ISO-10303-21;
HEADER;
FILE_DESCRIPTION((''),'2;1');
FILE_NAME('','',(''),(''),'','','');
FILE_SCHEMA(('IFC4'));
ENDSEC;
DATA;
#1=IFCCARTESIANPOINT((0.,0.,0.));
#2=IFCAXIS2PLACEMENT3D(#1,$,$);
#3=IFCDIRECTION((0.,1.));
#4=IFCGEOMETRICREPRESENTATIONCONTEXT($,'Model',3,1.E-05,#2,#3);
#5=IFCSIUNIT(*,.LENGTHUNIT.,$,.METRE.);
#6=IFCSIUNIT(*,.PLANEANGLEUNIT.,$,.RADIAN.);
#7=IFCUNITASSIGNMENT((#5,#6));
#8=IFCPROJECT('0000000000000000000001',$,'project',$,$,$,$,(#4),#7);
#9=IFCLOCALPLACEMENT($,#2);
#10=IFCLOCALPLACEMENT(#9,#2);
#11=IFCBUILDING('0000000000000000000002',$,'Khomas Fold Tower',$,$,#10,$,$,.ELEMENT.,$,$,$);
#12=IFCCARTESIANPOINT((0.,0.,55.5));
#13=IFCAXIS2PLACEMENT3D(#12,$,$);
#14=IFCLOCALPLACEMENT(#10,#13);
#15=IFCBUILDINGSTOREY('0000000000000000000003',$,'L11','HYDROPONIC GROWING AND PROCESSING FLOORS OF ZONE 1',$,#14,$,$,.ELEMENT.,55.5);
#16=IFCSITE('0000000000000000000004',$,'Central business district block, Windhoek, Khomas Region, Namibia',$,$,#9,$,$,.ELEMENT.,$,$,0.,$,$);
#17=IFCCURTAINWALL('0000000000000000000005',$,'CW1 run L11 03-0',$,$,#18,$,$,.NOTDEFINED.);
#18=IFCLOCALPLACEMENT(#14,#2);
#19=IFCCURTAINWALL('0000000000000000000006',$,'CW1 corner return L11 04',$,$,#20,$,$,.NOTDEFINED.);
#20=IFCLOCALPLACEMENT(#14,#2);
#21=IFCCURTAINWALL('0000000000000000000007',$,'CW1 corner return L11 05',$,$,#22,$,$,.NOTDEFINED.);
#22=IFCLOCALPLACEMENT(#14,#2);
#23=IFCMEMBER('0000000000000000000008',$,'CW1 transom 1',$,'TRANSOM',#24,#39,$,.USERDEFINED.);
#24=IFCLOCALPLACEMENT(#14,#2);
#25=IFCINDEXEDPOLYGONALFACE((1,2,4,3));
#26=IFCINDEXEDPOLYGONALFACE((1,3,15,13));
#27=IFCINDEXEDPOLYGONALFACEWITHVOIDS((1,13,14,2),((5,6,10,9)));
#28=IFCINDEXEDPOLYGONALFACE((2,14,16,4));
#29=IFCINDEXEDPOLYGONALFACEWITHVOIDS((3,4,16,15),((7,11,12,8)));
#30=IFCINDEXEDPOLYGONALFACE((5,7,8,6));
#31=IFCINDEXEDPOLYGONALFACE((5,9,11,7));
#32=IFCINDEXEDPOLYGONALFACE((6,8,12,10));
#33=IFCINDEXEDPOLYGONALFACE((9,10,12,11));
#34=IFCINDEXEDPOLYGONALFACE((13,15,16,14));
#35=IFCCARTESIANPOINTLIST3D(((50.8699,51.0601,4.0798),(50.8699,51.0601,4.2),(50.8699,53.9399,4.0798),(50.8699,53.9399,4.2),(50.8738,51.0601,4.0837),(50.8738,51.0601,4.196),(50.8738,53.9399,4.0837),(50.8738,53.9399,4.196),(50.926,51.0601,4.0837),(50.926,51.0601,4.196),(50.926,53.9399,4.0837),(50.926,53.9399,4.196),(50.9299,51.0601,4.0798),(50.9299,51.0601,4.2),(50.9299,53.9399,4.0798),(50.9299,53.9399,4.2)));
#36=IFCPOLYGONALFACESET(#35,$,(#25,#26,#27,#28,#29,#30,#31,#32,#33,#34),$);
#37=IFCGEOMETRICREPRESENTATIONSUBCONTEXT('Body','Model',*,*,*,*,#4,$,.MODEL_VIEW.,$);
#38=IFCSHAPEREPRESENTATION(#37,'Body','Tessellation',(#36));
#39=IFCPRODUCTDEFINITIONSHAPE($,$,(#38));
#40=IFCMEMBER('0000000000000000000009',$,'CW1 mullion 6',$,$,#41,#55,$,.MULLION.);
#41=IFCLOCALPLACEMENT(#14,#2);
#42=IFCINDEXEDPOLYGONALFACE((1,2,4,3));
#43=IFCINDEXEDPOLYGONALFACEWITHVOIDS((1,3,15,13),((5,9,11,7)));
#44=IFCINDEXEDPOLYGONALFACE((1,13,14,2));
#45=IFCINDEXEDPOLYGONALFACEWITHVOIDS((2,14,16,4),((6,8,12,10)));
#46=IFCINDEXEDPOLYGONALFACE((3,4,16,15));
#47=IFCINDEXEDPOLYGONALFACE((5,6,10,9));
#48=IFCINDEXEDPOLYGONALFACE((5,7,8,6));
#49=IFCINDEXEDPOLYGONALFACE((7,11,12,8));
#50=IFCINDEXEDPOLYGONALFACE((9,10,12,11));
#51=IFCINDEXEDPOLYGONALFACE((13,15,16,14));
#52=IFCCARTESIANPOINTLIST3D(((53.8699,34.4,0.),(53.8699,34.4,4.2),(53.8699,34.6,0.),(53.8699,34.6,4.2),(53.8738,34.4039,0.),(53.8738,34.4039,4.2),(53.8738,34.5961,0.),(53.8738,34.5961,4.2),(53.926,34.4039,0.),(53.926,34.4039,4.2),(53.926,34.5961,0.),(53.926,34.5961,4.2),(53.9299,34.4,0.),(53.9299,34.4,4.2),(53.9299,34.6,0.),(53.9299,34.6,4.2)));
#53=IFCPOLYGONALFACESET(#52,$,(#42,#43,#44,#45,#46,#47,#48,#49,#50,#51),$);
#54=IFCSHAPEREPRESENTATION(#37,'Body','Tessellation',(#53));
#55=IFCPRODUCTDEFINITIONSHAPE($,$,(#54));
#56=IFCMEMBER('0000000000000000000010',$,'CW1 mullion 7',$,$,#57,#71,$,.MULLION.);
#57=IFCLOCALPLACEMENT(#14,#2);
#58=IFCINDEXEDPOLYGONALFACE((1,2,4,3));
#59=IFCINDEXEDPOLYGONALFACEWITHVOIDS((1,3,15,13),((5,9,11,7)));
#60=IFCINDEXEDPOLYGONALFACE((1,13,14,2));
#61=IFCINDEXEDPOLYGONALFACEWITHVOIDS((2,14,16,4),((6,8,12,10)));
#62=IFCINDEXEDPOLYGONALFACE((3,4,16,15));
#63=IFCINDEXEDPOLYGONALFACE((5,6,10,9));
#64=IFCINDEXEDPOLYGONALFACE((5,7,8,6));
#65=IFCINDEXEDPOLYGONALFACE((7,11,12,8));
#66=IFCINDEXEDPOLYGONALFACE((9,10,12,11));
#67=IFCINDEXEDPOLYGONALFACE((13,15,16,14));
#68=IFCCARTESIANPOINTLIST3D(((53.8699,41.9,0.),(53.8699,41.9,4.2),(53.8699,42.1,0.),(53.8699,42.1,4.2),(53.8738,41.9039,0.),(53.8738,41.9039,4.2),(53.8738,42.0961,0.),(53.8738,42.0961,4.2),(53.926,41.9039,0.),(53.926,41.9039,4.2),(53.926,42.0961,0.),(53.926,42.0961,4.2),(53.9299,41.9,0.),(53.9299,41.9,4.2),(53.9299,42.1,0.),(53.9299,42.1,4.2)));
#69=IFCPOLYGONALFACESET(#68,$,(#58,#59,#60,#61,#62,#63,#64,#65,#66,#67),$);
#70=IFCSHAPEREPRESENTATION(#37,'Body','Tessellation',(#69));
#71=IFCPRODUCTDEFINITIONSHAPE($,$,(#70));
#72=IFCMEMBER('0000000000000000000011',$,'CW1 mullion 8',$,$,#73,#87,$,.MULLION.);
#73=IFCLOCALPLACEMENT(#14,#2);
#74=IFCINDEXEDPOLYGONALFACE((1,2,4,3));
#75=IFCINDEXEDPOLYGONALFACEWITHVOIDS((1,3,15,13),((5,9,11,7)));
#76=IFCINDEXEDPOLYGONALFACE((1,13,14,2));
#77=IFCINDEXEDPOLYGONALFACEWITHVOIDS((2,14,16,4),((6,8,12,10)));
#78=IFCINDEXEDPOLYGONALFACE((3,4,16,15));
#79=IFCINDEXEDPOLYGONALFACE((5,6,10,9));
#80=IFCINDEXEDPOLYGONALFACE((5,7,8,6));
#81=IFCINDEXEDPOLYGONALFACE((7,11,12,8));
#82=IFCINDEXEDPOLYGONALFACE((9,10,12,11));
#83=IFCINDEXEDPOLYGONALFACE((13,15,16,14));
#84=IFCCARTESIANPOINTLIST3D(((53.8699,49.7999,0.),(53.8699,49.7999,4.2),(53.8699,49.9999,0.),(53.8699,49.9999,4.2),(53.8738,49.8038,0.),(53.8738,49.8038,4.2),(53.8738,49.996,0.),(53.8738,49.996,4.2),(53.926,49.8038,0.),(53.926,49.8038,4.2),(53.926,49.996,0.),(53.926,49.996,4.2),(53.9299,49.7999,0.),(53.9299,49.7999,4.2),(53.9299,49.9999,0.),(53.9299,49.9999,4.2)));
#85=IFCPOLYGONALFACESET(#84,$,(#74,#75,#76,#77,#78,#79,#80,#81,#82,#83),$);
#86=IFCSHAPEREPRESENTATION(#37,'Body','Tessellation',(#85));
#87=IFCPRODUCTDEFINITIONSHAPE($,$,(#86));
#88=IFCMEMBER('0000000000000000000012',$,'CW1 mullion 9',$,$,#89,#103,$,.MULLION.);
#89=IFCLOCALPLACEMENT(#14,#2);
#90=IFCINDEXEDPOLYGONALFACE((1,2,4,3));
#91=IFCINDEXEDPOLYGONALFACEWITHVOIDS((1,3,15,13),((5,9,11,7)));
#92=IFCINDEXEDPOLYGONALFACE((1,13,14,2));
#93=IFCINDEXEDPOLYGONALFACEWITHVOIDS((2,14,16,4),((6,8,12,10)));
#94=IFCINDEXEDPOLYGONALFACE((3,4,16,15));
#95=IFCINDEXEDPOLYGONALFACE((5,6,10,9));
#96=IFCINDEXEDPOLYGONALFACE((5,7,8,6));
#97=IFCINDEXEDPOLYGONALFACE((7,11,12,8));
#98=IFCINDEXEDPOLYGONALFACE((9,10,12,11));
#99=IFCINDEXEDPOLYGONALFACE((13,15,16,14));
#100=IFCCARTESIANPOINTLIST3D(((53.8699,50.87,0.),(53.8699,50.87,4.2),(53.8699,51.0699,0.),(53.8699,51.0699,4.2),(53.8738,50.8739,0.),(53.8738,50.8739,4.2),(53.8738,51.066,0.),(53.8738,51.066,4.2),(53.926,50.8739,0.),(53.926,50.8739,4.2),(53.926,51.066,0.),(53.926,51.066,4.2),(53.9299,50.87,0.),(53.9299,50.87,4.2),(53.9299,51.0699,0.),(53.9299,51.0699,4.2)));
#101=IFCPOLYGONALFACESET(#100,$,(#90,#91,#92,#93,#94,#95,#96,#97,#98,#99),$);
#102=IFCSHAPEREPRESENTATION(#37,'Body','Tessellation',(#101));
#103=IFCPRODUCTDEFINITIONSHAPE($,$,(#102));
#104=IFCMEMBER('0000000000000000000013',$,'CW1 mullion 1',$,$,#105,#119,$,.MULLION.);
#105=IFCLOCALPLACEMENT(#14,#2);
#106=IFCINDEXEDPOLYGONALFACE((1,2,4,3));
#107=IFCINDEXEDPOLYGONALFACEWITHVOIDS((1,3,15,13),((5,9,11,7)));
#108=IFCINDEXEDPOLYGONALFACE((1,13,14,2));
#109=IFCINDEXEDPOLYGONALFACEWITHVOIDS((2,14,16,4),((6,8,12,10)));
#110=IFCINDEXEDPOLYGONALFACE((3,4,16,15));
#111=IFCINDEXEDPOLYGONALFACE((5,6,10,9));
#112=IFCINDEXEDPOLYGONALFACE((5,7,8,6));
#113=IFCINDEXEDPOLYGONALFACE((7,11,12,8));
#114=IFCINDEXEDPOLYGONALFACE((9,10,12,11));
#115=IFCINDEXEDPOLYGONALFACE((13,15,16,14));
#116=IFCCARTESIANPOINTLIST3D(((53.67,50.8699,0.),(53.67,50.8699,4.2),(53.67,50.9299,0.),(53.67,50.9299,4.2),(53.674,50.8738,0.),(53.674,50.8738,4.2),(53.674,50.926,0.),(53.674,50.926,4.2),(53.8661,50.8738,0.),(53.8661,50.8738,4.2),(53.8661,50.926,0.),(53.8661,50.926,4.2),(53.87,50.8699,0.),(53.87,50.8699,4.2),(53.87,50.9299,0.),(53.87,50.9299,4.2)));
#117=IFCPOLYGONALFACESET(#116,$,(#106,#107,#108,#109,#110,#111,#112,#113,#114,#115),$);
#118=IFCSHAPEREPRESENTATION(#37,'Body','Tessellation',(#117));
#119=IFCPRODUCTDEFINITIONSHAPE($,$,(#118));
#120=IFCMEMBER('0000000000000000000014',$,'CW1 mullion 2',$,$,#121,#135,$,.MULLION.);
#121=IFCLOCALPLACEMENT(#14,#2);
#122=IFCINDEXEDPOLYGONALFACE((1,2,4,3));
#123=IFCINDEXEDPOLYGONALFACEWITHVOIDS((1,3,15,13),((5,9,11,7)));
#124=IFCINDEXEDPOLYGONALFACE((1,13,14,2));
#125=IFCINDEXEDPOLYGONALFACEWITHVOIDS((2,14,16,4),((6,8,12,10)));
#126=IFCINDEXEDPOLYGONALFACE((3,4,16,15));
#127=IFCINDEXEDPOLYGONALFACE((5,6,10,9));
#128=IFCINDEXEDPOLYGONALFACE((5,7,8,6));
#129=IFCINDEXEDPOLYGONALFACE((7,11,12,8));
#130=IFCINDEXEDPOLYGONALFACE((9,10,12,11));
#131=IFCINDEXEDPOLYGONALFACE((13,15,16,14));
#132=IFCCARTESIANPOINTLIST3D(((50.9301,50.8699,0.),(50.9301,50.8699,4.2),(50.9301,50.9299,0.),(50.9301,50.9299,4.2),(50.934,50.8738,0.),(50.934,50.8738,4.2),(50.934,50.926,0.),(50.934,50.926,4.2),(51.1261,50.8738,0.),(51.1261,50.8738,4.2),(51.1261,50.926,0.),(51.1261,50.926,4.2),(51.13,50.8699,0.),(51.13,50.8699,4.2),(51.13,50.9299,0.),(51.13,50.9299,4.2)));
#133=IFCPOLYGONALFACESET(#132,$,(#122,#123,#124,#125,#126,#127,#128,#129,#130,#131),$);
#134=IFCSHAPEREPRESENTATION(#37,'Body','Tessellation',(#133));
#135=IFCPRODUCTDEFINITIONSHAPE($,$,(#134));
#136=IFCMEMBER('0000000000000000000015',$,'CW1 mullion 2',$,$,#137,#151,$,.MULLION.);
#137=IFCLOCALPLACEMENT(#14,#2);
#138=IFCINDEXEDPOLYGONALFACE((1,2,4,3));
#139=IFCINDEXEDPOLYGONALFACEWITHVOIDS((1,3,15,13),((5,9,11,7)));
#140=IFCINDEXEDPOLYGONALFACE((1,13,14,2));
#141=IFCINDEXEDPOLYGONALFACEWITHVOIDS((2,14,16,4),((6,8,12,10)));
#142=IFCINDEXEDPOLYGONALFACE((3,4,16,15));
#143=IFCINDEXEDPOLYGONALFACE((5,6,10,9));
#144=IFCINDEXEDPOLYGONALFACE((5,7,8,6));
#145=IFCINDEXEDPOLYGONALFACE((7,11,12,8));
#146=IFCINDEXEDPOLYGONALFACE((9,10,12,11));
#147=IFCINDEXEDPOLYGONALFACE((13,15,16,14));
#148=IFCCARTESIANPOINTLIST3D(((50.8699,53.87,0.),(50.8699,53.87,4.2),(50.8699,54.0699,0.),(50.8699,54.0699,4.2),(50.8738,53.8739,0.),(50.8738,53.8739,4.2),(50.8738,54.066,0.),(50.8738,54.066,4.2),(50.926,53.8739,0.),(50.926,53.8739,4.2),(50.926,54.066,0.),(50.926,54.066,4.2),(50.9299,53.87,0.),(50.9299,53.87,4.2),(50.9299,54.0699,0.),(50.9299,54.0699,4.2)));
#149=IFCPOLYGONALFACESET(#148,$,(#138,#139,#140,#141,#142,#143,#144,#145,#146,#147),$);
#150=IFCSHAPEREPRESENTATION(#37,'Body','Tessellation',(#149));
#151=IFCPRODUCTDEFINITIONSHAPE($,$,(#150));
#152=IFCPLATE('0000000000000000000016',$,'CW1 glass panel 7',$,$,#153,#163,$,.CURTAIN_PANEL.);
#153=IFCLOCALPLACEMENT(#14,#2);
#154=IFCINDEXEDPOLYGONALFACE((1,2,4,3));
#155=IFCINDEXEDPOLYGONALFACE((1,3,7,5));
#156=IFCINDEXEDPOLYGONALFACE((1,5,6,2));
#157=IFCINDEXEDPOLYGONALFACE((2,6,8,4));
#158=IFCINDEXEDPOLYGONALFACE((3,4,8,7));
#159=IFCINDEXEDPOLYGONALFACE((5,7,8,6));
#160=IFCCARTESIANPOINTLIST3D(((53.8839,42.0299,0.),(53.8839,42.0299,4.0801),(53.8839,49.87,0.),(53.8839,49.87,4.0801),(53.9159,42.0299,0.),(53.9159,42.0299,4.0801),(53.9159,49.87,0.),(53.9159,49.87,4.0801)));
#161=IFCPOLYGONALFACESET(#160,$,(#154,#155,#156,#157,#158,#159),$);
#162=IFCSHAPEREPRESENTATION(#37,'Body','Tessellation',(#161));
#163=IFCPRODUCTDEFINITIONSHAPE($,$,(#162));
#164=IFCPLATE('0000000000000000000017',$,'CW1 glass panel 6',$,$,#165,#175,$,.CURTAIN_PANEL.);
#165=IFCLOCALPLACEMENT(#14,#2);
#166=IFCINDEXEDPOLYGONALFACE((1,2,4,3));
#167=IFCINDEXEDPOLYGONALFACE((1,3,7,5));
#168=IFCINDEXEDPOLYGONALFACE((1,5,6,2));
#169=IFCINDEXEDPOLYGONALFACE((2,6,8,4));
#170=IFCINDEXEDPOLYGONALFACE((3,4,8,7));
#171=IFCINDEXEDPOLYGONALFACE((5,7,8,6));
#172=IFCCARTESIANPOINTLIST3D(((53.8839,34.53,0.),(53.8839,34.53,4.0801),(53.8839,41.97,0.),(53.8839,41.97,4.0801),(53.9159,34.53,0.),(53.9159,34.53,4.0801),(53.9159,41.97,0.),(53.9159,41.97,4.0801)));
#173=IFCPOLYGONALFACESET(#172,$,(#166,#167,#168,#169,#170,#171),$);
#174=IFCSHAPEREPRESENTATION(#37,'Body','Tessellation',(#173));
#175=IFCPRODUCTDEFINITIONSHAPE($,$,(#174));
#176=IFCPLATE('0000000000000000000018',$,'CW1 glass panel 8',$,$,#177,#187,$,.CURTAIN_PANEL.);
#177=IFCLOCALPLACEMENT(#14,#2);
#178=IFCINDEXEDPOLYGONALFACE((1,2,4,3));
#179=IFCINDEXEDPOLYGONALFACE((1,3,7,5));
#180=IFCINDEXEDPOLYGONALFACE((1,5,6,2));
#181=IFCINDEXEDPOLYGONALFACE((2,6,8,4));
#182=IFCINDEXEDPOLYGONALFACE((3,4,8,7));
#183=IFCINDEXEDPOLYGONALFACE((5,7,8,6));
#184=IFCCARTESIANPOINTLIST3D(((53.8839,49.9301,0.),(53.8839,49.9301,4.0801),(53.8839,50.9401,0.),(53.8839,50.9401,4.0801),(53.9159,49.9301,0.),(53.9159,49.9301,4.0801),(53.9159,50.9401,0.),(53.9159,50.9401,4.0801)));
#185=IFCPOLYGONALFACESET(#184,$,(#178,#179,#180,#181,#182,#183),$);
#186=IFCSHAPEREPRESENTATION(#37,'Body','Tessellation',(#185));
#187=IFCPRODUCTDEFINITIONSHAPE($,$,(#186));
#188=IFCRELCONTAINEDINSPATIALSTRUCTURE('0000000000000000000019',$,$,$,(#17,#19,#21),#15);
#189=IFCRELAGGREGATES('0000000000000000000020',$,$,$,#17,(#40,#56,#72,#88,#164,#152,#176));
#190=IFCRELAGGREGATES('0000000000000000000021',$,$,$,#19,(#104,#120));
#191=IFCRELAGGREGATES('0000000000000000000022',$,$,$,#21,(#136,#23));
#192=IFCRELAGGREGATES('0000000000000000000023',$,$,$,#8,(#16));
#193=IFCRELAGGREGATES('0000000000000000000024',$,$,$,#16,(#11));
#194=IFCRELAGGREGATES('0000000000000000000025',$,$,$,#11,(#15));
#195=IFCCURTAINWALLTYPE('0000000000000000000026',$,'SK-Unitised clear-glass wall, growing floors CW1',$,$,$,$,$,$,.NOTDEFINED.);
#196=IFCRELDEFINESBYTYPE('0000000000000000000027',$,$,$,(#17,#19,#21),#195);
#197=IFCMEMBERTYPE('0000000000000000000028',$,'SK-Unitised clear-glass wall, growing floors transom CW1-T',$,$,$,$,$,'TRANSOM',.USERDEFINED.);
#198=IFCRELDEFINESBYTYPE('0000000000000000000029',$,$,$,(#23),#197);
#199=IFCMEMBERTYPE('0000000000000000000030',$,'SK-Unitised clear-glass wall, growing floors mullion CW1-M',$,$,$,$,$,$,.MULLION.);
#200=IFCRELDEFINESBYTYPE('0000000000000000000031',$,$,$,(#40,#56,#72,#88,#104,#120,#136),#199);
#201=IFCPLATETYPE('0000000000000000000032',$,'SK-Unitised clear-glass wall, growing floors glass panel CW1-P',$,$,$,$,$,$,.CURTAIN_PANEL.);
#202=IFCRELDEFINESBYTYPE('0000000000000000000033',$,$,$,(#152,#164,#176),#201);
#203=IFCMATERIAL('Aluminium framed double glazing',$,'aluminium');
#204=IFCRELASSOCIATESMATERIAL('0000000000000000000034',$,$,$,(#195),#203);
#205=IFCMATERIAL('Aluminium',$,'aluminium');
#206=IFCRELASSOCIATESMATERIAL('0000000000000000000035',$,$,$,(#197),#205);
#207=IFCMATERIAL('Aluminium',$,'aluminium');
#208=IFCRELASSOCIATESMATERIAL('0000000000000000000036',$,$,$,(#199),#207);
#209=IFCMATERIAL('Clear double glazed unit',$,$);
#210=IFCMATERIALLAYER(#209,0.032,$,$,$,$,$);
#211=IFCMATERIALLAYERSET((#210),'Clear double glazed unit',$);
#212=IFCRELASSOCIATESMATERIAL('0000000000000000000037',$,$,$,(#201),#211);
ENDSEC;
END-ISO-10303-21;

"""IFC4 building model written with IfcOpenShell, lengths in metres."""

from ifc_helpers import new_model, si_unit, direction, frame, origin, origin_2d, place, context, subcontext, project, spatial, rectangle, hollow_rectangle, extrude, source, transform, mapped, material, layer, layer_set, material_profile, profile_set, type_object, element, aggregate, save


model = new_model("IFC4")

# Units and contexts
model_context = context("Model", 3, precision=1e-05, world=origin(), true_north=direction((0.0, 1.0)))
body_context = subcontext(model_context, "Body", "Model", "MODEL_VIEW")
ifc_project = project(units=[si_unit("LENGTHUNIT", "METRE"), si_unit("PLANEANGLEUNIT", "RADIAN")], contexts=[model_context])

# Site, building, storey
site_placement = place(None, origin())
site = spatial("IfcSite", under=ifc_project, at=site_placement, Name="Central business district block, Windhoek, Khomas Region, Namibia", CompositionType="ELEMENT", RefElevation=0.0)
building_placement = place(site_placement, origin())
building = spatial("IfcBuilding", under=site, at=building_placement, Name="Khomas Fold Tower", CompositionType="ELEMENT")
storey_placement = place(building_placement, frame((0.0, 0.0, 55.5)))
storey = spatial("IfcBuildingStorey", under=building, at=storey_placement, Name="L11", Description="HYDROPONIC GROWING AND PROCESSING FLOORS OF ZONE 1", CompositionType="ELEMENT", Elevation=55.5)

# Curtain wall
ifc_material_1 = material(Name="Aluminium framed double glazing", Category="aluminium")
curtain_wall_type = type_object("IfcCurtainWallType", Name="SK-Unitised clear-glass wall, growing floors CW1", PredefinedType="NOTDEFINED", material=ifc_material_1)
curtain_wall_1_placement = place(storey_placement, origin())
curtain_wall_1 = element("IfcCurtainWall", 1, at=curtain_wall_1_placement, inside=storey, type_object=curtain_wall_type, Name="CW1 run L11 03-0", PredefinedType="NOTDEFINED")
ifc_material_2 = material(Name="Aluminium", Category="aluminium")
ifc_material_profile_1 = material_profile(ifc_material_2, hollow_rectangle(XDim=0.0601, YDim=0.1201, WallThickness=0.0039, at=origin_2d()), Name="SK-Unitised clear-glass wall, growing floors transom CW1-T")
ifc_profile_set_1 = profile_set([ifc_material_profile_1], Name="Aluminium")
member_type_1 = type_object("IfcMemberType", Name="SK-Unitised clear-glass wall, growing floors transom CW1-T", ElementType="TRANSOM", PredefinedType="USERDEFINED", material=ifc_profile_set_1)

# Curtain walls, member
curtain_wall_2_placement = place(storey_placement, origin())
curtain_wall_2 = element("IfcCurtainWall", 2, at=curtain_wall_2_placement, inside=storey, type_object=curtain_wall_type, Name="CW1 corner return L11 04", PredefinedType="NOTDEFINED")
curtain_wall_3_placement = place(storey_placement, origin())
curtain_wall_3 = element("IfcCurtainWall", 3, at=curtain_wall_3_placement, inside=storey, type_object=curtain_wall_type, Name="CW1 corner return L11 05", PredefinedType="NOTDEFINED")
shared_shape_1 = source(origin(), body_context, "Body", "SweptSolid", [
    extrude(hollow_rectangle(XDim=0.0601, YDim=0.1201, WallThickness=0.0039, at=origin_2d()), origin(), (0.0, 0.0, 1.0), 2.8799),
])
member_1_placement = place(storey_placement, frame((50.8999, 51.0601, 4.1399), z_axis=(0.0, 1.0, 0.0), x_axis=(-1.0, 0.0, 0.0)))
member_1 = element("IfcMember", 4, at=member_1_placement, type_object=member_type_1, Name="CW1 transom 1", ObjectType="TRANSOM", PredefinedType="USERDEFINED", context=body_context, shape_type="MappedRepresentation", body=[
    mapped(shared_shape_1, transform((0.0, 0.0, 0.0))),
])

# Members
ifc_material_3 = material(Name="Aluminium", Category="aluminium")
ifc_material_profile_2 = material_profile(ifc_material_3, hollow_rectangle(XDim=0.0601, YDim=0.2, WallThickness=0.0039, at=origin_2d()), Name="SK-Unitised clear-glass wall, growing floors mullion CW1-M")
ifc_profile_set_2 = profile_set([ifc_material_profile_2], Name="Aluminium")
member_type_2 = type_object("IfcMemberType", Name="SK-Unitised clear-glass wall, growing floors mullion CW1-M", PredefinedType="MULLION", material=ifc_profile_set_2)
shared_shape_2 = source(origin(), body_context, "Body", "SweptSolid", [
    extrude(hollow_rectangle(XDim=0.0601, YDim=0.2, WallThickness=0.0039, at=origin_2d()), origin(), (0.0, 0.0, 1.0), 4.2),
])
member_2_placement = place(storey_placement, frame((53.8999, 34.5, 0.0), z_axis=(0.0, 0.0, 1.0), x_axis=(-1.0, 0.0, 0.0)))
member_2 = element("IfcMember", 5, at=member_2_placement, type_object=member_type_2, Name="CW1 mullion 6", PredefinedType="MULLION", context=body_context, shape_type="MappedRepresentation", body=[
    mapped(shared_shape_2, transform((0.0, 0.0, 0.0))),
])
member_3_placement = place(storey_placement, frame((53.8999, 42.0, 0.0), z_axis=(0.0, 0.0, 1.0), x_axis=(-1.0, 0.0, 0.0)))
member_3 = element("IfcMember", 6, at=member_3_placement, type_object=member_type_2, Name="CW1 mullion 7", PredefinedType="MULLION", context=body_context, shape_type="MappedRepresentation", body=[
    mapped(shared_shape_2, transform((0.0, 0.0, 0.0))),
])
member_4_placement = place(storey_placement, frame((53.8999, 49.8999, 0.0), z_axis=(0.0, 0.0, 1.0), x_axis=(-1.0, 0.0, 0.0)))
member_4 = element("IfcMember", 7, at=member_4_placement, type_object=member_type_2, Name="CW1 mullion 8", PredefinedType="MULLION", context=body_context, shape_type="MappedRepresentation", body=[
    mapped(shared_shape_2, transform((0.0, 0.0, 0.0))),
])
member_5_placement = place(storey_placement, frame((53.8999, 50.97, 0.0), z_axis=(0.0, 0.0, 1.0), x_axis=(-1.0, 0.0, 0.0)))
member_5 = element("IfcMember", 8, at=member_5_placement, type_object=member_type_2, Name="CW1 mullion 9", PredefinedType="MULLION", context=body_context, shape_type="MappedRepresentation", body=[
    mapped(shared_shape_2, transform((0.0, 0.0, 0.0))),
])
member_6_placement = place(storey_placement, frame((53.77, 50.8999, 0.0), z_axis=(0.0, 0.0, 1.0), x_axis=(0.0, -1.0, 0.0)))
member_6 = element("IfcMember", 9, at=member_6_placement, type_object=member_type_2, Name="CW1 mullion 1", PredefinedType="MULLION", context=body_context, shape_type="MappedRepresentation", body=[
    mapped(shared_shape_2, transform((0.0, 0.0, 0.0))),
])
member_7_placement = place(storey_placement, frame((51.03, 50.8999, 0.0), z_axis=(0.0, 0.0, 1.0), x_axis=(0.0, -1.0, 0.0)))
member_7 = element("IfcMember", 10, at=member_7_placement, type_object=member_type_2, Name="CW1 mullion 2", PredefinedType="MULLION", context=body_context, shape_type="MappedRepresentation", body=[
    mapped(shared_shape_2, transform((0.0, 0.0, 0.0))),
])
member_8_placement = place(storey_placement, frame((50.8999, 53.97, 0.0), z_axis=(0.0, 0.0, 1.0), x_axis=(-1.0, 0.0, 0.0)))
member_8 = element("IfcMember", 11, at=member_8_placement, type_object=member_type_2, Name="CW1 mullion 2", PredefinedType="MULLION", context=body_context, shape_type="MappedRepresentation", body=[
    mapped(shared_shape_2, transform((0.0, 0.0, 0.0))),
])

# Plates
ifc_material_4 = material(Name="Clear double glazed unit")
ifc_layer = layer(ifc_material_4, 0.032)
ifc_layer_set = layer_set([ifc_layer], Name="Clear double glazed unit")
plate_type = type_object("IfcPlateType", Name="SK-Unitised clear-glass wall, growing floors glass panel CW1-P", PredefinedType="CURTAIN_PANEL", material=ifc_layer_set)
shared_shape_3 = source(origin(), body_context, "Body", "SweptSolid", [
    extrude(rectangle(XDim=7.8401, YDim=0.032, at=origin_2d()), origin(), (0.0, 0.0, 1.0), 4.0801),
])
plate_1_placement = place(storey_placement, frame((53.8999, 45.95, 0.0), z_axis=(0.0, 0.0, 1.0), x_axis=(0.0, 1.0, 0.0)))
plate_1 = element("IfcPlate", 12, at=plate_1_placement, type_object=plate_type, Name="CW1 glass panel 7", PredefinedType="CURTAIN_PANEL", context=body_context, shape_type="MappedRepresentation", body=[
    mapped(shared_shape_3, transform((0.0, 0.0, 0.0))),
])
shared_shape_4 = source(origin(), body_context, "Body", "SweptSolid", [
    extrude(rectangle(XDim=7.4399, YDim=0.032, at=origin_2d()), origin(), (0.0, 0.0, 1.0), 4.0801),
])
plate_2_placement = place(storey_placement, frame((53.8999, 38.25, 0.0), z_axis=(0.0, 0.0, 1.0), x_axis=(0.0, 1.0, 0.0)))
plate_2 = element("IfcPlate", 13, at=plate_2_placement, type_object=plate_type, Name="CW1 glass panel 6", PredefinedType="CURTAIN_PANEL", context=body_context, shape_type="MappedRepresentation", body=[
    mapped(shared_shape_4, transform((0.0, 0.0, 0.0))),
])
shared_shape_5 = source(origin(), body_context, "Body", "SweptSolid", [
    extrude(rectangle(XDim=1.01, YDim=0.032, at=origin_2d()), origin(), (0.0, 0.0, 1.0), 4.0801),
])
plate_3_placement = place(storey_placement, frame((53.8999, 50.4351, 0.0), z_axis=(0.0, 0.0, 1.0), x_axis=(0.0, 1.0, 0.0)))
plate_3 = element("IfcPlate", 14, at=plate_3_placement, type_object=plate_type, Name="CW1 glass panel 8", PredefinedType="CURTAIN_PANEL", context=body_context, shape_type="MappedRepresentation", body=[
    mapped(shared_shape_5, transform((0.0, 0.0, 0.0))),
])
aggregate(curtain_wall_1, [member_2, member_3, member_4, member_5, plate_2, plate_1, plate_3])
aggregate(curtain_wall_2, [member_6, member_7])
aggregate(curtain_wall_3, [member_8, member_1])

save(model, "model.ifc")
